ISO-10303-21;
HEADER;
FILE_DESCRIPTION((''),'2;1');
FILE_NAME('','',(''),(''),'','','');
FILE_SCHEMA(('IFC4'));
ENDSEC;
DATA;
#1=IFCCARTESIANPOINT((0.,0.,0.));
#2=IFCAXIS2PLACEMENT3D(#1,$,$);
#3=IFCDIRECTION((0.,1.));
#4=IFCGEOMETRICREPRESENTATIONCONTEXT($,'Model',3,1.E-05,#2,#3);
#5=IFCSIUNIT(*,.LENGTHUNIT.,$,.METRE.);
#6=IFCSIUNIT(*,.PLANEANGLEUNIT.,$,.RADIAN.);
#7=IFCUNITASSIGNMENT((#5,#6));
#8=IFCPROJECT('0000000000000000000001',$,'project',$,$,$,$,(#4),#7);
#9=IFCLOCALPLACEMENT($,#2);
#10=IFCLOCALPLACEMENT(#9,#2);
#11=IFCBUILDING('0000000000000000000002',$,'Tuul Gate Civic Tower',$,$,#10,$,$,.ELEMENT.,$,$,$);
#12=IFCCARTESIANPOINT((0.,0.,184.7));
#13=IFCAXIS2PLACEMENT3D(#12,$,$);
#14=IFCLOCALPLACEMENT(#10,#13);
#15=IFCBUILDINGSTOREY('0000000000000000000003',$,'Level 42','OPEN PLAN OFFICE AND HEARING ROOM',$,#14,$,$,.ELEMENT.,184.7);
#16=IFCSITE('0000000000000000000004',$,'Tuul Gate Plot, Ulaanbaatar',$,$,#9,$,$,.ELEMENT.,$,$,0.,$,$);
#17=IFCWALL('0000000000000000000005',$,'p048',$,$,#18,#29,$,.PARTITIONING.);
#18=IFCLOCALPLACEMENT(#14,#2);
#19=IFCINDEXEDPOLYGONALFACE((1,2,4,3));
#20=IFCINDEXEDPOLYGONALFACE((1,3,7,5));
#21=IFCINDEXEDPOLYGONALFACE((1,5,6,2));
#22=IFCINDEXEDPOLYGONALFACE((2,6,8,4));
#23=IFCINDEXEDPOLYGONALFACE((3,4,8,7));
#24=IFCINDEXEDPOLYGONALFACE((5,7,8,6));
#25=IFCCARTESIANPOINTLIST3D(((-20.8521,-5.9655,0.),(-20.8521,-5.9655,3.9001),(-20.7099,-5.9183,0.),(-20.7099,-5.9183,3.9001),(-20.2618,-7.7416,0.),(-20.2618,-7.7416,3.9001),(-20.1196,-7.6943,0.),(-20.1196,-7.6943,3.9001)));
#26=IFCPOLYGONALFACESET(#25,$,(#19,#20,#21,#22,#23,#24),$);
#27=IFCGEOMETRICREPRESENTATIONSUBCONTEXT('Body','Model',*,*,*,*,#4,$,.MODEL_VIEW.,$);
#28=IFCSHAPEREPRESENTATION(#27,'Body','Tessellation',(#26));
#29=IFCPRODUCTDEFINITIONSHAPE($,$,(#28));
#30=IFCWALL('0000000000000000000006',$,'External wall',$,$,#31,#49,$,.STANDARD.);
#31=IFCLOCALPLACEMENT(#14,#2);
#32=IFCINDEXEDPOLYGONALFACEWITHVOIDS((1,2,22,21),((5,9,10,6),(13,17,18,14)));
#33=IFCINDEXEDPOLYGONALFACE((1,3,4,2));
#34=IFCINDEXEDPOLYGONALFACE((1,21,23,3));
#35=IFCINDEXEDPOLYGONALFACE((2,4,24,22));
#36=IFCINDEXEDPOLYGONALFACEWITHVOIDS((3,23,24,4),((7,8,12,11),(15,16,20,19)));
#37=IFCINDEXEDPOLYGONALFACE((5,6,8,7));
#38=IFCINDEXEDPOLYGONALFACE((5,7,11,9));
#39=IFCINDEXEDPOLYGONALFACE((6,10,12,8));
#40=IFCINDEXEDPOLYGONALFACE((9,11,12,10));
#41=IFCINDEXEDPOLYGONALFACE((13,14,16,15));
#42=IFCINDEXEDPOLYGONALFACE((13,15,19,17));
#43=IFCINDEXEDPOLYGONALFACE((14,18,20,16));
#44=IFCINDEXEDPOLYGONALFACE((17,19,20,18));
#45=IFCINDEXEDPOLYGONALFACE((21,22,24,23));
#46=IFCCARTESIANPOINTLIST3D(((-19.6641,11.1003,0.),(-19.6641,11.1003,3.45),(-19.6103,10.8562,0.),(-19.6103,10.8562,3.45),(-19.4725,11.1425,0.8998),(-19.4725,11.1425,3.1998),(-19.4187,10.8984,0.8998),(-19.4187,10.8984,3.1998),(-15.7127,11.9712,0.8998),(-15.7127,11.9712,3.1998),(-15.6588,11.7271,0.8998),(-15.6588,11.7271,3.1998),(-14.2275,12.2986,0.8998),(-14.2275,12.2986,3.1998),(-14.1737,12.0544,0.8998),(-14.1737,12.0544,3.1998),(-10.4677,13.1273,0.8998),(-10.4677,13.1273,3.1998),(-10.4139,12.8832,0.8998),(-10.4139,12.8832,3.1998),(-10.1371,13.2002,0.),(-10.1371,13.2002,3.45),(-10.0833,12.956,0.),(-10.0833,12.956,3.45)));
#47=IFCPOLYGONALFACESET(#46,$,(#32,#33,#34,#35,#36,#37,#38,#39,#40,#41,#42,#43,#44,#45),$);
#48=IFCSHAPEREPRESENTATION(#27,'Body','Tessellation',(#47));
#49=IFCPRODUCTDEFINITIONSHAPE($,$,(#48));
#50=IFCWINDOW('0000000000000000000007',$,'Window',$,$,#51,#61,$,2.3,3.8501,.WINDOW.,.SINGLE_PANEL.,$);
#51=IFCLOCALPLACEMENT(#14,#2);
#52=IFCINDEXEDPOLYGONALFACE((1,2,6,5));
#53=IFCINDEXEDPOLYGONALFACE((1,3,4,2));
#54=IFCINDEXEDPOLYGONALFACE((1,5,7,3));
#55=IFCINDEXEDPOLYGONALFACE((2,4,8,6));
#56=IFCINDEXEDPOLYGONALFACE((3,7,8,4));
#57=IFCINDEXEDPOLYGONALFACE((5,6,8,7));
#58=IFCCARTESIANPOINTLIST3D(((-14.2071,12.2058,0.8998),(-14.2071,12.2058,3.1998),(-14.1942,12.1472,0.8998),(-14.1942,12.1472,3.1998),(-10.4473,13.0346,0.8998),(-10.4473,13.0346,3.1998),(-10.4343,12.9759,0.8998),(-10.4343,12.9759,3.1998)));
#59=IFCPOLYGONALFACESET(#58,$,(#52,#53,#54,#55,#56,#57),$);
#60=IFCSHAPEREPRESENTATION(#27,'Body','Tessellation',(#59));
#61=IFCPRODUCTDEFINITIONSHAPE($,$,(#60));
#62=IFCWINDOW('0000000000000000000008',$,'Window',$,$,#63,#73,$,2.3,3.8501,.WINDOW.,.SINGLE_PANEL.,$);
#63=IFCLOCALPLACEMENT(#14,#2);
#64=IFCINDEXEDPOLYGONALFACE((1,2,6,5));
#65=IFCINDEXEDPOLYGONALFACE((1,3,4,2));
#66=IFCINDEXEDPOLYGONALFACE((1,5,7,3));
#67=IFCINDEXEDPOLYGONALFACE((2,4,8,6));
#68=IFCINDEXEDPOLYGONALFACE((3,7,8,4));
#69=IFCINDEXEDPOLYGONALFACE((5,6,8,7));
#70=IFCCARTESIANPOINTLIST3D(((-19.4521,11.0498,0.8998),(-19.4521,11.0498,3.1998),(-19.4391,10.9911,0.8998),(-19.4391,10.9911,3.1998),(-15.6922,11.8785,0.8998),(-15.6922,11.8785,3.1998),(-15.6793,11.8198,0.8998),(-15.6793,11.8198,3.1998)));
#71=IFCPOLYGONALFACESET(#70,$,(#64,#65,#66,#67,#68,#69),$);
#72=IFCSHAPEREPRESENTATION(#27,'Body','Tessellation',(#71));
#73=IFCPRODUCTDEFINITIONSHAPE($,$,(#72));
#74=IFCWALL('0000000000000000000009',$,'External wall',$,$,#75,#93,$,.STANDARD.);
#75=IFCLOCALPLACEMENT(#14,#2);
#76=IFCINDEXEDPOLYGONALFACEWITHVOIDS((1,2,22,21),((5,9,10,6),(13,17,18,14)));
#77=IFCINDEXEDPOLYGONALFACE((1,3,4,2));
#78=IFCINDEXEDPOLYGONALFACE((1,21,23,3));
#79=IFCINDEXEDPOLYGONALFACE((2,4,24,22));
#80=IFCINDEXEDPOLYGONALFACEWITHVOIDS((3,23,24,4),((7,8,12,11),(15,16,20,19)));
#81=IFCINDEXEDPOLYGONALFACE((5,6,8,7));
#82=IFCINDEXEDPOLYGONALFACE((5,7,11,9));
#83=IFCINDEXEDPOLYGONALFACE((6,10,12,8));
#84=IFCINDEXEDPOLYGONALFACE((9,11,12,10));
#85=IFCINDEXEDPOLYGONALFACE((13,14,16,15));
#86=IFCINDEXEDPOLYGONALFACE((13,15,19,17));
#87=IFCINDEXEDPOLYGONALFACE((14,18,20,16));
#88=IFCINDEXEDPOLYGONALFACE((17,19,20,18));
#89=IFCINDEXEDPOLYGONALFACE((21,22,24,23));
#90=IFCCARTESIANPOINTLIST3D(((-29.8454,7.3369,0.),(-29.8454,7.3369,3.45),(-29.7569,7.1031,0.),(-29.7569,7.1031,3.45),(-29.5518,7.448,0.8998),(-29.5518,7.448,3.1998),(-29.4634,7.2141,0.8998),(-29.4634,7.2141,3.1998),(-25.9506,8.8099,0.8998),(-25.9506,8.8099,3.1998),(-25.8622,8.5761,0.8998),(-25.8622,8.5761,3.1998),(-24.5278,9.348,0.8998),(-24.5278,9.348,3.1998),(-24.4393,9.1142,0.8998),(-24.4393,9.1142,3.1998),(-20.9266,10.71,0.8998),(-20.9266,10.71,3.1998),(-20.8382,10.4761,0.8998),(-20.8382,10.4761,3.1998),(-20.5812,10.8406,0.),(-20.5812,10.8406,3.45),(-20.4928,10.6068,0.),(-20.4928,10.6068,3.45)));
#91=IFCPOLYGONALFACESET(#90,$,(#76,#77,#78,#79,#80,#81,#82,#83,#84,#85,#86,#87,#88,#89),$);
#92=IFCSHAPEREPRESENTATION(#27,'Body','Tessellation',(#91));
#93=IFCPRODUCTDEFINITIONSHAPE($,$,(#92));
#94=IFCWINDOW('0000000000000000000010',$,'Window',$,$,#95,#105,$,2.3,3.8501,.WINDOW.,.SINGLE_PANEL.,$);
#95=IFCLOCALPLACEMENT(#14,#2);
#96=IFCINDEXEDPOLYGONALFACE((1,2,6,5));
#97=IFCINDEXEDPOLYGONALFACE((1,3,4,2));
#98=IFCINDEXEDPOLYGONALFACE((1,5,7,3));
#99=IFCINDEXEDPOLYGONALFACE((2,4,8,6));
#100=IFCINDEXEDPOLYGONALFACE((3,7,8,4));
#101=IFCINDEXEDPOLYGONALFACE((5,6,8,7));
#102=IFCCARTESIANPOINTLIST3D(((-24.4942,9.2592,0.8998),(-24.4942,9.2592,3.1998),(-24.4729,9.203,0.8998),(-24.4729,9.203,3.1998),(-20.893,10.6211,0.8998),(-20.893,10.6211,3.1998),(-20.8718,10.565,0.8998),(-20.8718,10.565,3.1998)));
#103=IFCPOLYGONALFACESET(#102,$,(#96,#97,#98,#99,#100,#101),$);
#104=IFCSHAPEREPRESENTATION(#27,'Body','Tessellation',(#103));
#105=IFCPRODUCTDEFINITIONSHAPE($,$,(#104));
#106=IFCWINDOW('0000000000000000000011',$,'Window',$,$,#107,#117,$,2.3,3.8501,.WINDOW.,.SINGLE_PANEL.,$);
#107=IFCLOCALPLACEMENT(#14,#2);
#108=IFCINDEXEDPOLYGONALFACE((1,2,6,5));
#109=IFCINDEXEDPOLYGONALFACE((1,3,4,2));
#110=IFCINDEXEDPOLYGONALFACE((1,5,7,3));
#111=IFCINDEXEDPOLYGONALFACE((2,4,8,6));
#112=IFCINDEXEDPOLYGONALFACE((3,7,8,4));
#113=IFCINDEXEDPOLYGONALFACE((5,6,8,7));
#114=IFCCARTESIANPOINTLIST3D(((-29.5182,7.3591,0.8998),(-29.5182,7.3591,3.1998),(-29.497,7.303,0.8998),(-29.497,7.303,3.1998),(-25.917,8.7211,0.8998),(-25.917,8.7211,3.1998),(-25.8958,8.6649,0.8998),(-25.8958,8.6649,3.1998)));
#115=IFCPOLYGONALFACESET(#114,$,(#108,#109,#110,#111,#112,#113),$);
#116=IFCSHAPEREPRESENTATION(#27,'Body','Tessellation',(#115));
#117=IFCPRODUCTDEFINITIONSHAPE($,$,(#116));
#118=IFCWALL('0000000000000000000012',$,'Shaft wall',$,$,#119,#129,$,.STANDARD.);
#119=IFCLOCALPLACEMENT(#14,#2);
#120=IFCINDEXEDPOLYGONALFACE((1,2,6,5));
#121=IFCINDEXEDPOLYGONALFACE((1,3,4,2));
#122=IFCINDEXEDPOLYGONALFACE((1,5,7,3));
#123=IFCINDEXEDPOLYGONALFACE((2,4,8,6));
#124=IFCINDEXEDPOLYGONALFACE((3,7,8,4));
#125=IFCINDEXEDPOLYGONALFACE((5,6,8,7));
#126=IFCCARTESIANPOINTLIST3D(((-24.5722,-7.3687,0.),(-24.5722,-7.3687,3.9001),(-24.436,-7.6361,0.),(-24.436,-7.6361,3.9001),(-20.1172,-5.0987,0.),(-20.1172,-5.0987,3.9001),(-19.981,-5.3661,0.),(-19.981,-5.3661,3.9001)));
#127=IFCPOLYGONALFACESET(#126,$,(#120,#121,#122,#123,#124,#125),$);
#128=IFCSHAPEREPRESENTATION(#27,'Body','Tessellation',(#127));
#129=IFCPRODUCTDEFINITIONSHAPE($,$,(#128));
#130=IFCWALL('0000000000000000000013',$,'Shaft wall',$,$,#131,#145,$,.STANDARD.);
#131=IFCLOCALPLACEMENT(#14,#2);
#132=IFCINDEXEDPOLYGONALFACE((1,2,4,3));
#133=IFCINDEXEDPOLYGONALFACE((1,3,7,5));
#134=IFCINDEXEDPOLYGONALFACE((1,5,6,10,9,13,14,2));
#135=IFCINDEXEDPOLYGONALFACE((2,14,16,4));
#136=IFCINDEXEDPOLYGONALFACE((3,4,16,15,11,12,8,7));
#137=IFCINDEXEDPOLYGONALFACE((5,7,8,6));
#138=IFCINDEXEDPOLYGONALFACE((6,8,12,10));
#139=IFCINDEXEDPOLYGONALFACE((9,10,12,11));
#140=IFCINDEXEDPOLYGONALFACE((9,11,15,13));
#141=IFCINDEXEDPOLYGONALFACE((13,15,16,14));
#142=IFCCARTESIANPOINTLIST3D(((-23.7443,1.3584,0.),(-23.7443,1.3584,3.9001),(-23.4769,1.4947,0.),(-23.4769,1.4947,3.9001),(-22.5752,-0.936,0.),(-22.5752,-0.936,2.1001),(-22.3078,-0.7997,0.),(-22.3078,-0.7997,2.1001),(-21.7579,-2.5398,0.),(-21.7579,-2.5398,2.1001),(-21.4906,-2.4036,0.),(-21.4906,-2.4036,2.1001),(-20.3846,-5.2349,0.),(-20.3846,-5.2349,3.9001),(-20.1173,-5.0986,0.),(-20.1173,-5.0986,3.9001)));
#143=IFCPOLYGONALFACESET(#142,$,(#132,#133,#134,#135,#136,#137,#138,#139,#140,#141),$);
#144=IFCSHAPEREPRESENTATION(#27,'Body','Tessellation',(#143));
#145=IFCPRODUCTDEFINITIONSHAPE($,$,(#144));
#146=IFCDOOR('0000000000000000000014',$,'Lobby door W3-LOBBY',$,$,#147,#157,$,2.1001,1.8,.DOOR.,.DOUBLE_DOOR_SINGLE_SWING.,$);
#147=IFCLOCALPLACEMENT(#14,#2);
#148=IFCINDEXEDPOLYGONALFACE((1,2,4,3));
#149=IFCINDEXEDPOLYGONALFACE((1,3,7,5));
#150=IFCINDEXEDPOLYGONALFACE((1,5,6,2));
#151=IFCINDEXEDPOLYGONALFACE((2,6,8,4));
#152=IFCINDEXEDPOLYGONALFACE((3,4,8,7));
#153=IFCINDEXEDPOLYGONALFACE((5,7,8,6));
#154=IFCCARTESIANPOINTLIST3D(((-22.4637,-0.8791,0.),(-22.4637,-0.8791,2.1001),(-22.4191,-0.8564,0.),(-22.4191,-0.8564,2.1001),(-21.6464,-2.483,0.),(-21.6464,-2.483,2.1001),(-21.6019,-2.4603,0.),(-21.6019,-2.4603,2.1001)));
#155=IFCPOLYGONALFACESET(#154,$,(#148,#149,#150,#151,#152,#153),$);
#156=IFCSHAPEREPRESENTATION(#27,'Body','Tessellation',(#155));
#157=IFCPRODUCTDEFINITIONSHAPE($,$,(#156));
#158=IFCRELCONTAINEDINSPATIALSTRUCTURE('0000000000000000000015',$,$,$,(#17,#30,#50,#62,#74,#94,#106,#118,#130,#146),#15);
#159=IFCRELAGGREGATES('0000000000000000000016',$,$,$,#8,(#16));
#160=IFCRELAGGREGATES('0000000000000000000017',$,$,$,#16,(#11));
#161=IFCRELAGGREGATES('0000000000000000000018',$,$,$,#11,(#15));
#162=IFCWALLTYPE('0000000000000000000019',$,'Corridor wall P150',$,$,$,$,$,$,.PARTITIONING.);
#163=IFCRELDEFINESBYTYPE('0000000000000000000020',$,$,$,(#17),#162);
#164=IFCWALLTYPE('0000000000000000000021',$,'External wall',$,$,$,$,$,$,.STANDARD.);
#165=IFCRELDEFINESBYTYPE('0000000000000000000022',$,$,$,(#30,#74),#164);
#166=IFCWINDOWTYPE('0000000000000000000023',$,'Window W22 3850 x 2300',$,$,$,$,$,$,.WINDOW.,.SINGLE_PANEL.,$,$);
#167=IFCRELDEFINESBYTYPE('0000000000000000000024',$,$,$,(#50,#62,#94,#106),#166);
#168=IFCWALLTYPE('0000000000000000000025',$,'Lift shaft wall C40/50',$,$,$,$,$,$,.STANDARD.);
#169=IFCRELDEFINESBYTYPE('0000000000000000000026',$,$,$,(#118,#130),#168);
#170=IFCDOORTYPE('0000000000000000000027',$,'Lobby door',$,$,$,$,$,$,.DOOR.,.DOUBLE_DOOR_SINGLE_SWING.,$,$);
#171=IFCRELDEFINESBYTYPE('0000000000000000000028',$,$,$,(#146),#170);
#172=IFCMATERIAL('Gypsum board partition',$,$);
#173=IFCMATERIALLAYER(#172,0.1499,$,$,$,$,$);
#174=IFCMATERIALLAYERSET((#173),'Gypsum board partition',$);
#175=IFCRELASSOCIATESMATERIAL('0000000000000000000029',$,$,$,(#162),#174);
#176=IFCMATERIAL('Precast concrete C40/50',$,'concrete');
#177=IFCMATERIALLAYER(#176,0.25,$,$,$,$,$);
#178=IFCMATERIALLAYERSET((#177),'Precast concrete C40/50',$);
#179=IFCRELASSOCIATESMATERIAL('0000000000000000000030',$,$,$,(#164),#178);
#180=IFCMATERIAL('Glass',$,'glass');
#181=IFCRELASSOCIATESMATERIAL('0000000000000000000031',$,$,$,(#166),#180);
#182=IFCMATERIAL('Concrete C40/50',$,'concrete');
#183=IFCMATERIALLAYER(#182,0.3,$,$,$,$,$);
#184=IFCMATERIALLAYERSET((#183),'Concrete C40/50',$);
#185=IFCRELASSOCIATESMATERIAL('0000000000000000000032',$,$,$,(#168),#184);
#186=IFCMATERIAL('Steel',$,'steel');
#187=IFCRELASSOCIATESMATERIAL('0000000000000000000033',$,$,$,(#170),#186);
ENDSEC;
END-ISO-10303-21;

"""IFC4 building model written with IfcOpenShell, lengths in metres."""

from ifc_helpers import new_model, si_unit, direction, frame, frame_2d, origin, place, context, subcontext, project, spatial, rectangle, extrude, material, layer, layer_set, type_object, element, fill, save


model = new_model("IFC4")

# Units and contexts
model_context = context("Model", 3, precision=1e-05, world=origin(), true_north=direction((0.0, 1.0)))
body_context = subcontext(model_context, "Body", "Model", "MODEL_VIEW")
ifc_project = project(units=[si_unit("LENGTHUNIT", "METRE"), si_unit("PLANEANGLEUNIT", "RADIAN")], contexts=[model_context])

# Site, building, storey
site_placement = place(None, origin())
site = spatial("IfcSite", under=ifc_project, at=site_placement, Name="Tuul Gate Plot, Ulaanbaatar", CompositionType="ELEMENT", RefElevation=0.0)
building_placement = place(site_placement, origin())
building = spatial("IfcBuilding", under=site, at=building_placement, Name="Tuul Gate Civic Tower", CompositionType="ELEMENT")
storey_placement = place(building_placement, frame((0.0, 0.0, 184.7)))
storey = spatial("IfcBuildingStorey", under=building, at=storey_placement, Name="Level 42", Description="OPEN PLAN OFFICE AND HEARING ROOM", CompositionType="ELEMENT", Elevation=184.7)

# Shared definitions
ifc_material_1 = material(Name="Gypsum board partition")
ifc_layer_1 = layer(ifc_material_1, 0.1499)
ifc_layer_set_1 = layer_set([ifc_layer_1], Name="Gypsum board partition")
wall_type_1 = type_object("IfcWallType", Name="Corridor wall P150", PredefinedType="PARTITIONING", material=ifc_layer_set_1)

# Wall
wall_1_placement = place(storey_placement, frame((-20.781, -5.9419, 0.0), z_axis=(0.0, 0.0, 1.0), x_axis=(0.315406, -0.948957, 0.0)))
element("IfcWall", 1, at=wall_1_placement, inside=storey, type_object=wall_type_1, Name="p048", PredefinedType="PARTITIONING", context=body_context, shape_type="SweptSolid", body=[
    extrude(rectangle(XDim=1.8716, YDim=0.1499, at=frame_2d((0.9358, 0.0))), origin(), (0.0, 0.0, 1.0), 3.9001),
])

# Walls, openings, windows
ifc_material_2 = material(Name="Precast concrete C40/50", Category="concrete")
ifc_layer_2 = layer(ifc_material_2, 0.25)
ifc_layer_set_2 = layer_set([ifc_layer_2], Name="Precast concrete C40/50")
wall_type_2 = type_object("IfcWallType", Name="External wall", PredefinedType="STANDARD", material=ifc_layer_set_2)
wall_2_placement = place(storey_placement, frame((-10.1101, 13.0781, 0.0), z_axis=(0.0, 0.0, 1.0), x_axis=(-0.97656, -0.215248, 0.0)))
wall_2 = element("IfcWall", 2, at=wall_2_placement, inside=storey, type_object=wall_type_2, Name="External wall", PredefinedType="STANDARD", context=body_context, shape_type="SweptSolid", body=[
    extrude(rectangle(XDim=9.7556, YDim=0.25, at=frame_2d((4.8779, 0.0))), origin(), (0.0, 0.0, 1.0), 3.45),
])
opening_1_placement = place(wall_2_placement, frame((0.3386, 0.0, 0.8999)))
opening_1 = element("IfcOpeningElement", 3, at=opening_1_placement, cuts=wall_2, PredefinedType="OPENING", context=body_context, shape_type="SweptSolid", body=[
    extrude(rectangle(XDim=3.8501, YDim=2.3, at=frame_2d((1.925, 1.1499))), frame((0.0, 0.135, 0.0), z_axis=(0.0, -1.0, 0.0), x_axis=(1.0, 0.0, 0.0)), (0.0, 0.0, 1.0), 0.27),
])
opening_2_placement = place(wall_2_placement, frame((5.7095, 0.0, 0.8999)))
opening_2 = element("IfcOpeningElement", 4, at=opening_2_placement, cuts=wall_2, PredefinedType="OPENING", context=body_context, shape_type="SweptSolid", body=[
    extrude(rectangle(XDim=3.8501, YDim=2.3, at=frame_2d((1.925, 1.1499))), frame((0.0, 0.135, 0.0), z_axis=(0.0, -1.0, 0.0), x_axis=(1.0, 0.0, 0.0)), (0.0, 0.0, 1.0), 0.27),
])
ifc_material_3 = material(Name="Glass", Category="glass")
window_type = type_object("IfcWindowType", Name="Window W22 3850 x 2300", PartitioningType="SINGLE_PANEL", PredefinedType="WINDOW", material=ifc_material_3)
window_1_placement = place(opening_1_placement, origin())
window_1 = element("IfcWindow", 5, at=window_1_placement, inside=storey, type_object=window_type, Name="Window", OverallHeight=2.3, OverallWidth=3.8501, PartitioningType="SINGLE_PANEL", PredefinedType="WINDOW", context=body_context, shape_type="SweptSolid", body=[
    extrude(rectangle(XDim=3.8501, YDim=2.3, at=frame_2d((1.925, 1.1499))), frame((0.0, 0.03, 0.0), z_axis=(0.0, -1.0, 0.0), x_axis=(1.0, 0.0, 0.0)), (0.0, 0.0, 1.0), 0.0601),
])
fill(opening_1, window_1)
window_2_placement = place(opening_2_placement, origin())
window_2 = element("IfcWindow", 6, at=window_2_placement, inside=storey, type_object=window_type, Name="Window", OverallHeight=2.3, OverallWidth=3.8501, PartitioningType="SINGLE_PANEL", PredefinedType="WINDOW", context=body_context, shape_type="SweptSolid", body=[
    extrude(rectangle(XDim=3.8501, YDim=2.3, at=frame_2d((1.925, 1.1499))), frame((0.0, 0.03, 0.0), z_axis=(0.0, -1.0, 0.0), x_axis=(1.0, 0.0, 0.0)), (0.0, 0.0, 1.0), 0.0601),
])
fill(opening_2, window_2)
wall_3_placement = place(storey_placement, frame((-20.5371, 10.7236, 0.0), z_axis=(0.0, 0.0, 1.0), x_axis=(-0.935343, -0.353742, 0.0)))
wall_3 = element("IfcWall", 7, at=wall_3_placement, inside=storey, type_object=wall_type_2, Name="External wall", PredefinedType="STANDARD", context=body_context, shape_type="SweptSolid", body=[
    extrude(rectangle(XDim=9.9045, YDim=0.25, at=frame_2d((4.9521, 0.0))), origin(), (0.0, 0.0, 1.0), 3.45),
])
opening_3_placement = place(wall_3_placement, frame((0.3691, 0.0, 0.8999)))
opening_3 = element("IfcOpeningElement", 8, at=opening_3_placement, cuts=wall_3, PredefinedType="OPENING", context=body_context, shape_type="SweptSolid", body=[
    extrude(rectangle(XDim=3.8501, YDim=2.3, at=frame_2d((1.925, 1.1499))), frame((0.0, 0.135, 0.0), z_axis=(0.0, -1.0, 0.0), x_axis=(1.0, 0.0, 0.0)), (0.0, 0.0, 1.0), 0.27),
])
opening_4_placement = place(wall_3_placement, frame((5.7405, 0.0, 0.8999)))
opening_4 = element("IfcOpeningElement", 9, at=opening_4_placement, cuts=wall_3, PredefinedType="OPENING", context=body_context, shape_type="SweptSolid", body=[
    extrude(rectangle(XDim=3.8501, YDim=2.3, at=frame_2d((1.925, 1.1499))), frame((0.0, 0.135, 0.0), z_axis=(0.0, -1.0, 0.0), x_axis=(1.0, 0.0, 0.0)), (0.0, 0.0, 1.0), 0.27),
])
window_3_placement = place(opening_3_placement, origin())
window_3 = element("IfcWindow", 10, at=window_3_placement, inside=storey, type_object=window_type, Name="Window", OverallHeight=2.3, OverallWidth=3.8501, PartitioningType="SINGLE_PANEL", PredefinedType="WINDOW", context=body_context, shape_type="SweptSolid", body=[
    extrude(rectangle(XDim=3.8501, YDim=2.3, at=frame_2d((1.925, 1.1499))), frame((0.0, 0.03, 0.0), z_axis=(0.0, -1.0, 0.0), x_axis=(1.0, 0.0, 0.0)), (0.0, 0.0, 1.0), 0.0601),
])
fill(opening_3, window_3)
window_4_placement = place(opening_4_placement, origin())
window_4 = element("IfcWindow", 11, at=window_4_placement, inside=storey, type_object=window_type, Name="Window", OverallHeight=2.3, OverallWidth=3.8501, PartitioningType="SINGLE_PANEL", PredefinedType="WINDOW", context=body_context, shape_type="SweptSolid", body=[
    extrude(rectangle(XDim=3.8501, YDim=2.3, at=frame_2d((1.925, 1.1499))), frame((0.0, 0.03, 0.0), z_axis=(0.0, -1.0, 0.0), x_axis=(1.0, 0.0, 0.0)), (0.0, 0.0, 1.0), 0.0601),
])
fill(opening_4, window_4)

# Wall
ifc_material_4 = material(Name="Concrete C40/50", Category="concrete")
ifc_layer_3 = layer(ifc_material_4, 0.3)
ifc_layer_set_3 = layer_set([ifc_layer_3], Name="Concrete C40/50")
wall_type_3 = type_object("IfcWallType", Name="Lift shaft wall C40/50", PredefinedType="STANDARD", material=ifc_layer_set_3)
wall_4_placement = place(storey_placement, frame((-20.0491, -5.2324, 0.0), z_axis=(0.0, 0.0, 1.0), x_axis=(-0.891003, -0.453997, 0.0)))
element("IfcWall", 12, at=wall_4_placement, inside=storey, type_object=wall_type_3, Name="Shaft wall", PredefinedType="STANDARD", context=body_context, shape_type="SweptSolid", body=[
    extrude(rectangle(XDim=5.0, YDim=0.3, at=frame_2d((2.5, 0.0))), origin(), (0.0, 0.0, 1.0), 3.9001),
])

# Wall, opening, door
wall_5_placement = place(storey_placement, frame((-20.251, -5.1667, 0.0), z_axis=(0.0, 0.0, 1.0), x_axis=(-0.45401, 0.890996, 0.0)))
wall_5 = element("IfcWall", 13, at=wall_5_placement, inside=storey, type_object=wall_type_3, Name="Shaft wall", PredefinedType="STANDARD", context=body_context, shape_type="SweptSolid", body=[
    extrude(rectangle(XDim=7.3999, YDim=0.3, at=frame_2d((3.7, 0.0))), origin(), (0.0, 0.0, 1.0), 3.9001),
])
opening_5_placement = place(wall_5_placement, frame((3.0249, 0.0, 0.0)))
opening_5 = element("IfcOpeningElement", 14, at=opening_5_placement, cuts=wall_5, PredefinedType="OPENING", context=body_context, shape_type="SweptSolid", body=[
    extrude(rectangle(XDim=1.8, YDim=2.1001, at=frame_2d((0.8999, 1.05))), frame((0.0, 0.1602, 0.0), z_axis=(0.0, -1.0, 0.0), x_axis=(1.0, 0.0, 0.0)), (0.0, 0.0, 1.0), 0.3201),
])
ifc_material_5 = material(Name="Steel", Category="steel")
door_type_1 = type_object("IfcDoorType", Name="Lobby door", OperationType="DOUBLE_DOOR_SINGLE_SWING", PredefinedType="DOOR", material=ifc_material_5)
door_1_placement = place(opening_5_placement, origin())
door_1 = element("IfcDoor", 15, at=door_1_placement, inside=storey, type_object=door_type_1, Name="Lobby door W3-LOBBY", OperationType="DOUBLE_DOOR_SINGLE_SWING", OverallHeight=2.1001, OverallWidth=1.8, PredefinedType="DOOR", context=body_context, shape_type="SweptSolid", body=[
    extrude(rectangle(XDim=1.8, YDim=2.1001, at=frame_2d((0.8999, 1.05))), frame((0.0, 0.0249, 0.0), z_axis=(0.0, -1.0, 0.0), x_axis=(1.0, 0.0, 0.0)), (0.0, 0.0, 1.0), 0.05),
])
fill(opening_5, door_1)

save(model, "model.ifc")
